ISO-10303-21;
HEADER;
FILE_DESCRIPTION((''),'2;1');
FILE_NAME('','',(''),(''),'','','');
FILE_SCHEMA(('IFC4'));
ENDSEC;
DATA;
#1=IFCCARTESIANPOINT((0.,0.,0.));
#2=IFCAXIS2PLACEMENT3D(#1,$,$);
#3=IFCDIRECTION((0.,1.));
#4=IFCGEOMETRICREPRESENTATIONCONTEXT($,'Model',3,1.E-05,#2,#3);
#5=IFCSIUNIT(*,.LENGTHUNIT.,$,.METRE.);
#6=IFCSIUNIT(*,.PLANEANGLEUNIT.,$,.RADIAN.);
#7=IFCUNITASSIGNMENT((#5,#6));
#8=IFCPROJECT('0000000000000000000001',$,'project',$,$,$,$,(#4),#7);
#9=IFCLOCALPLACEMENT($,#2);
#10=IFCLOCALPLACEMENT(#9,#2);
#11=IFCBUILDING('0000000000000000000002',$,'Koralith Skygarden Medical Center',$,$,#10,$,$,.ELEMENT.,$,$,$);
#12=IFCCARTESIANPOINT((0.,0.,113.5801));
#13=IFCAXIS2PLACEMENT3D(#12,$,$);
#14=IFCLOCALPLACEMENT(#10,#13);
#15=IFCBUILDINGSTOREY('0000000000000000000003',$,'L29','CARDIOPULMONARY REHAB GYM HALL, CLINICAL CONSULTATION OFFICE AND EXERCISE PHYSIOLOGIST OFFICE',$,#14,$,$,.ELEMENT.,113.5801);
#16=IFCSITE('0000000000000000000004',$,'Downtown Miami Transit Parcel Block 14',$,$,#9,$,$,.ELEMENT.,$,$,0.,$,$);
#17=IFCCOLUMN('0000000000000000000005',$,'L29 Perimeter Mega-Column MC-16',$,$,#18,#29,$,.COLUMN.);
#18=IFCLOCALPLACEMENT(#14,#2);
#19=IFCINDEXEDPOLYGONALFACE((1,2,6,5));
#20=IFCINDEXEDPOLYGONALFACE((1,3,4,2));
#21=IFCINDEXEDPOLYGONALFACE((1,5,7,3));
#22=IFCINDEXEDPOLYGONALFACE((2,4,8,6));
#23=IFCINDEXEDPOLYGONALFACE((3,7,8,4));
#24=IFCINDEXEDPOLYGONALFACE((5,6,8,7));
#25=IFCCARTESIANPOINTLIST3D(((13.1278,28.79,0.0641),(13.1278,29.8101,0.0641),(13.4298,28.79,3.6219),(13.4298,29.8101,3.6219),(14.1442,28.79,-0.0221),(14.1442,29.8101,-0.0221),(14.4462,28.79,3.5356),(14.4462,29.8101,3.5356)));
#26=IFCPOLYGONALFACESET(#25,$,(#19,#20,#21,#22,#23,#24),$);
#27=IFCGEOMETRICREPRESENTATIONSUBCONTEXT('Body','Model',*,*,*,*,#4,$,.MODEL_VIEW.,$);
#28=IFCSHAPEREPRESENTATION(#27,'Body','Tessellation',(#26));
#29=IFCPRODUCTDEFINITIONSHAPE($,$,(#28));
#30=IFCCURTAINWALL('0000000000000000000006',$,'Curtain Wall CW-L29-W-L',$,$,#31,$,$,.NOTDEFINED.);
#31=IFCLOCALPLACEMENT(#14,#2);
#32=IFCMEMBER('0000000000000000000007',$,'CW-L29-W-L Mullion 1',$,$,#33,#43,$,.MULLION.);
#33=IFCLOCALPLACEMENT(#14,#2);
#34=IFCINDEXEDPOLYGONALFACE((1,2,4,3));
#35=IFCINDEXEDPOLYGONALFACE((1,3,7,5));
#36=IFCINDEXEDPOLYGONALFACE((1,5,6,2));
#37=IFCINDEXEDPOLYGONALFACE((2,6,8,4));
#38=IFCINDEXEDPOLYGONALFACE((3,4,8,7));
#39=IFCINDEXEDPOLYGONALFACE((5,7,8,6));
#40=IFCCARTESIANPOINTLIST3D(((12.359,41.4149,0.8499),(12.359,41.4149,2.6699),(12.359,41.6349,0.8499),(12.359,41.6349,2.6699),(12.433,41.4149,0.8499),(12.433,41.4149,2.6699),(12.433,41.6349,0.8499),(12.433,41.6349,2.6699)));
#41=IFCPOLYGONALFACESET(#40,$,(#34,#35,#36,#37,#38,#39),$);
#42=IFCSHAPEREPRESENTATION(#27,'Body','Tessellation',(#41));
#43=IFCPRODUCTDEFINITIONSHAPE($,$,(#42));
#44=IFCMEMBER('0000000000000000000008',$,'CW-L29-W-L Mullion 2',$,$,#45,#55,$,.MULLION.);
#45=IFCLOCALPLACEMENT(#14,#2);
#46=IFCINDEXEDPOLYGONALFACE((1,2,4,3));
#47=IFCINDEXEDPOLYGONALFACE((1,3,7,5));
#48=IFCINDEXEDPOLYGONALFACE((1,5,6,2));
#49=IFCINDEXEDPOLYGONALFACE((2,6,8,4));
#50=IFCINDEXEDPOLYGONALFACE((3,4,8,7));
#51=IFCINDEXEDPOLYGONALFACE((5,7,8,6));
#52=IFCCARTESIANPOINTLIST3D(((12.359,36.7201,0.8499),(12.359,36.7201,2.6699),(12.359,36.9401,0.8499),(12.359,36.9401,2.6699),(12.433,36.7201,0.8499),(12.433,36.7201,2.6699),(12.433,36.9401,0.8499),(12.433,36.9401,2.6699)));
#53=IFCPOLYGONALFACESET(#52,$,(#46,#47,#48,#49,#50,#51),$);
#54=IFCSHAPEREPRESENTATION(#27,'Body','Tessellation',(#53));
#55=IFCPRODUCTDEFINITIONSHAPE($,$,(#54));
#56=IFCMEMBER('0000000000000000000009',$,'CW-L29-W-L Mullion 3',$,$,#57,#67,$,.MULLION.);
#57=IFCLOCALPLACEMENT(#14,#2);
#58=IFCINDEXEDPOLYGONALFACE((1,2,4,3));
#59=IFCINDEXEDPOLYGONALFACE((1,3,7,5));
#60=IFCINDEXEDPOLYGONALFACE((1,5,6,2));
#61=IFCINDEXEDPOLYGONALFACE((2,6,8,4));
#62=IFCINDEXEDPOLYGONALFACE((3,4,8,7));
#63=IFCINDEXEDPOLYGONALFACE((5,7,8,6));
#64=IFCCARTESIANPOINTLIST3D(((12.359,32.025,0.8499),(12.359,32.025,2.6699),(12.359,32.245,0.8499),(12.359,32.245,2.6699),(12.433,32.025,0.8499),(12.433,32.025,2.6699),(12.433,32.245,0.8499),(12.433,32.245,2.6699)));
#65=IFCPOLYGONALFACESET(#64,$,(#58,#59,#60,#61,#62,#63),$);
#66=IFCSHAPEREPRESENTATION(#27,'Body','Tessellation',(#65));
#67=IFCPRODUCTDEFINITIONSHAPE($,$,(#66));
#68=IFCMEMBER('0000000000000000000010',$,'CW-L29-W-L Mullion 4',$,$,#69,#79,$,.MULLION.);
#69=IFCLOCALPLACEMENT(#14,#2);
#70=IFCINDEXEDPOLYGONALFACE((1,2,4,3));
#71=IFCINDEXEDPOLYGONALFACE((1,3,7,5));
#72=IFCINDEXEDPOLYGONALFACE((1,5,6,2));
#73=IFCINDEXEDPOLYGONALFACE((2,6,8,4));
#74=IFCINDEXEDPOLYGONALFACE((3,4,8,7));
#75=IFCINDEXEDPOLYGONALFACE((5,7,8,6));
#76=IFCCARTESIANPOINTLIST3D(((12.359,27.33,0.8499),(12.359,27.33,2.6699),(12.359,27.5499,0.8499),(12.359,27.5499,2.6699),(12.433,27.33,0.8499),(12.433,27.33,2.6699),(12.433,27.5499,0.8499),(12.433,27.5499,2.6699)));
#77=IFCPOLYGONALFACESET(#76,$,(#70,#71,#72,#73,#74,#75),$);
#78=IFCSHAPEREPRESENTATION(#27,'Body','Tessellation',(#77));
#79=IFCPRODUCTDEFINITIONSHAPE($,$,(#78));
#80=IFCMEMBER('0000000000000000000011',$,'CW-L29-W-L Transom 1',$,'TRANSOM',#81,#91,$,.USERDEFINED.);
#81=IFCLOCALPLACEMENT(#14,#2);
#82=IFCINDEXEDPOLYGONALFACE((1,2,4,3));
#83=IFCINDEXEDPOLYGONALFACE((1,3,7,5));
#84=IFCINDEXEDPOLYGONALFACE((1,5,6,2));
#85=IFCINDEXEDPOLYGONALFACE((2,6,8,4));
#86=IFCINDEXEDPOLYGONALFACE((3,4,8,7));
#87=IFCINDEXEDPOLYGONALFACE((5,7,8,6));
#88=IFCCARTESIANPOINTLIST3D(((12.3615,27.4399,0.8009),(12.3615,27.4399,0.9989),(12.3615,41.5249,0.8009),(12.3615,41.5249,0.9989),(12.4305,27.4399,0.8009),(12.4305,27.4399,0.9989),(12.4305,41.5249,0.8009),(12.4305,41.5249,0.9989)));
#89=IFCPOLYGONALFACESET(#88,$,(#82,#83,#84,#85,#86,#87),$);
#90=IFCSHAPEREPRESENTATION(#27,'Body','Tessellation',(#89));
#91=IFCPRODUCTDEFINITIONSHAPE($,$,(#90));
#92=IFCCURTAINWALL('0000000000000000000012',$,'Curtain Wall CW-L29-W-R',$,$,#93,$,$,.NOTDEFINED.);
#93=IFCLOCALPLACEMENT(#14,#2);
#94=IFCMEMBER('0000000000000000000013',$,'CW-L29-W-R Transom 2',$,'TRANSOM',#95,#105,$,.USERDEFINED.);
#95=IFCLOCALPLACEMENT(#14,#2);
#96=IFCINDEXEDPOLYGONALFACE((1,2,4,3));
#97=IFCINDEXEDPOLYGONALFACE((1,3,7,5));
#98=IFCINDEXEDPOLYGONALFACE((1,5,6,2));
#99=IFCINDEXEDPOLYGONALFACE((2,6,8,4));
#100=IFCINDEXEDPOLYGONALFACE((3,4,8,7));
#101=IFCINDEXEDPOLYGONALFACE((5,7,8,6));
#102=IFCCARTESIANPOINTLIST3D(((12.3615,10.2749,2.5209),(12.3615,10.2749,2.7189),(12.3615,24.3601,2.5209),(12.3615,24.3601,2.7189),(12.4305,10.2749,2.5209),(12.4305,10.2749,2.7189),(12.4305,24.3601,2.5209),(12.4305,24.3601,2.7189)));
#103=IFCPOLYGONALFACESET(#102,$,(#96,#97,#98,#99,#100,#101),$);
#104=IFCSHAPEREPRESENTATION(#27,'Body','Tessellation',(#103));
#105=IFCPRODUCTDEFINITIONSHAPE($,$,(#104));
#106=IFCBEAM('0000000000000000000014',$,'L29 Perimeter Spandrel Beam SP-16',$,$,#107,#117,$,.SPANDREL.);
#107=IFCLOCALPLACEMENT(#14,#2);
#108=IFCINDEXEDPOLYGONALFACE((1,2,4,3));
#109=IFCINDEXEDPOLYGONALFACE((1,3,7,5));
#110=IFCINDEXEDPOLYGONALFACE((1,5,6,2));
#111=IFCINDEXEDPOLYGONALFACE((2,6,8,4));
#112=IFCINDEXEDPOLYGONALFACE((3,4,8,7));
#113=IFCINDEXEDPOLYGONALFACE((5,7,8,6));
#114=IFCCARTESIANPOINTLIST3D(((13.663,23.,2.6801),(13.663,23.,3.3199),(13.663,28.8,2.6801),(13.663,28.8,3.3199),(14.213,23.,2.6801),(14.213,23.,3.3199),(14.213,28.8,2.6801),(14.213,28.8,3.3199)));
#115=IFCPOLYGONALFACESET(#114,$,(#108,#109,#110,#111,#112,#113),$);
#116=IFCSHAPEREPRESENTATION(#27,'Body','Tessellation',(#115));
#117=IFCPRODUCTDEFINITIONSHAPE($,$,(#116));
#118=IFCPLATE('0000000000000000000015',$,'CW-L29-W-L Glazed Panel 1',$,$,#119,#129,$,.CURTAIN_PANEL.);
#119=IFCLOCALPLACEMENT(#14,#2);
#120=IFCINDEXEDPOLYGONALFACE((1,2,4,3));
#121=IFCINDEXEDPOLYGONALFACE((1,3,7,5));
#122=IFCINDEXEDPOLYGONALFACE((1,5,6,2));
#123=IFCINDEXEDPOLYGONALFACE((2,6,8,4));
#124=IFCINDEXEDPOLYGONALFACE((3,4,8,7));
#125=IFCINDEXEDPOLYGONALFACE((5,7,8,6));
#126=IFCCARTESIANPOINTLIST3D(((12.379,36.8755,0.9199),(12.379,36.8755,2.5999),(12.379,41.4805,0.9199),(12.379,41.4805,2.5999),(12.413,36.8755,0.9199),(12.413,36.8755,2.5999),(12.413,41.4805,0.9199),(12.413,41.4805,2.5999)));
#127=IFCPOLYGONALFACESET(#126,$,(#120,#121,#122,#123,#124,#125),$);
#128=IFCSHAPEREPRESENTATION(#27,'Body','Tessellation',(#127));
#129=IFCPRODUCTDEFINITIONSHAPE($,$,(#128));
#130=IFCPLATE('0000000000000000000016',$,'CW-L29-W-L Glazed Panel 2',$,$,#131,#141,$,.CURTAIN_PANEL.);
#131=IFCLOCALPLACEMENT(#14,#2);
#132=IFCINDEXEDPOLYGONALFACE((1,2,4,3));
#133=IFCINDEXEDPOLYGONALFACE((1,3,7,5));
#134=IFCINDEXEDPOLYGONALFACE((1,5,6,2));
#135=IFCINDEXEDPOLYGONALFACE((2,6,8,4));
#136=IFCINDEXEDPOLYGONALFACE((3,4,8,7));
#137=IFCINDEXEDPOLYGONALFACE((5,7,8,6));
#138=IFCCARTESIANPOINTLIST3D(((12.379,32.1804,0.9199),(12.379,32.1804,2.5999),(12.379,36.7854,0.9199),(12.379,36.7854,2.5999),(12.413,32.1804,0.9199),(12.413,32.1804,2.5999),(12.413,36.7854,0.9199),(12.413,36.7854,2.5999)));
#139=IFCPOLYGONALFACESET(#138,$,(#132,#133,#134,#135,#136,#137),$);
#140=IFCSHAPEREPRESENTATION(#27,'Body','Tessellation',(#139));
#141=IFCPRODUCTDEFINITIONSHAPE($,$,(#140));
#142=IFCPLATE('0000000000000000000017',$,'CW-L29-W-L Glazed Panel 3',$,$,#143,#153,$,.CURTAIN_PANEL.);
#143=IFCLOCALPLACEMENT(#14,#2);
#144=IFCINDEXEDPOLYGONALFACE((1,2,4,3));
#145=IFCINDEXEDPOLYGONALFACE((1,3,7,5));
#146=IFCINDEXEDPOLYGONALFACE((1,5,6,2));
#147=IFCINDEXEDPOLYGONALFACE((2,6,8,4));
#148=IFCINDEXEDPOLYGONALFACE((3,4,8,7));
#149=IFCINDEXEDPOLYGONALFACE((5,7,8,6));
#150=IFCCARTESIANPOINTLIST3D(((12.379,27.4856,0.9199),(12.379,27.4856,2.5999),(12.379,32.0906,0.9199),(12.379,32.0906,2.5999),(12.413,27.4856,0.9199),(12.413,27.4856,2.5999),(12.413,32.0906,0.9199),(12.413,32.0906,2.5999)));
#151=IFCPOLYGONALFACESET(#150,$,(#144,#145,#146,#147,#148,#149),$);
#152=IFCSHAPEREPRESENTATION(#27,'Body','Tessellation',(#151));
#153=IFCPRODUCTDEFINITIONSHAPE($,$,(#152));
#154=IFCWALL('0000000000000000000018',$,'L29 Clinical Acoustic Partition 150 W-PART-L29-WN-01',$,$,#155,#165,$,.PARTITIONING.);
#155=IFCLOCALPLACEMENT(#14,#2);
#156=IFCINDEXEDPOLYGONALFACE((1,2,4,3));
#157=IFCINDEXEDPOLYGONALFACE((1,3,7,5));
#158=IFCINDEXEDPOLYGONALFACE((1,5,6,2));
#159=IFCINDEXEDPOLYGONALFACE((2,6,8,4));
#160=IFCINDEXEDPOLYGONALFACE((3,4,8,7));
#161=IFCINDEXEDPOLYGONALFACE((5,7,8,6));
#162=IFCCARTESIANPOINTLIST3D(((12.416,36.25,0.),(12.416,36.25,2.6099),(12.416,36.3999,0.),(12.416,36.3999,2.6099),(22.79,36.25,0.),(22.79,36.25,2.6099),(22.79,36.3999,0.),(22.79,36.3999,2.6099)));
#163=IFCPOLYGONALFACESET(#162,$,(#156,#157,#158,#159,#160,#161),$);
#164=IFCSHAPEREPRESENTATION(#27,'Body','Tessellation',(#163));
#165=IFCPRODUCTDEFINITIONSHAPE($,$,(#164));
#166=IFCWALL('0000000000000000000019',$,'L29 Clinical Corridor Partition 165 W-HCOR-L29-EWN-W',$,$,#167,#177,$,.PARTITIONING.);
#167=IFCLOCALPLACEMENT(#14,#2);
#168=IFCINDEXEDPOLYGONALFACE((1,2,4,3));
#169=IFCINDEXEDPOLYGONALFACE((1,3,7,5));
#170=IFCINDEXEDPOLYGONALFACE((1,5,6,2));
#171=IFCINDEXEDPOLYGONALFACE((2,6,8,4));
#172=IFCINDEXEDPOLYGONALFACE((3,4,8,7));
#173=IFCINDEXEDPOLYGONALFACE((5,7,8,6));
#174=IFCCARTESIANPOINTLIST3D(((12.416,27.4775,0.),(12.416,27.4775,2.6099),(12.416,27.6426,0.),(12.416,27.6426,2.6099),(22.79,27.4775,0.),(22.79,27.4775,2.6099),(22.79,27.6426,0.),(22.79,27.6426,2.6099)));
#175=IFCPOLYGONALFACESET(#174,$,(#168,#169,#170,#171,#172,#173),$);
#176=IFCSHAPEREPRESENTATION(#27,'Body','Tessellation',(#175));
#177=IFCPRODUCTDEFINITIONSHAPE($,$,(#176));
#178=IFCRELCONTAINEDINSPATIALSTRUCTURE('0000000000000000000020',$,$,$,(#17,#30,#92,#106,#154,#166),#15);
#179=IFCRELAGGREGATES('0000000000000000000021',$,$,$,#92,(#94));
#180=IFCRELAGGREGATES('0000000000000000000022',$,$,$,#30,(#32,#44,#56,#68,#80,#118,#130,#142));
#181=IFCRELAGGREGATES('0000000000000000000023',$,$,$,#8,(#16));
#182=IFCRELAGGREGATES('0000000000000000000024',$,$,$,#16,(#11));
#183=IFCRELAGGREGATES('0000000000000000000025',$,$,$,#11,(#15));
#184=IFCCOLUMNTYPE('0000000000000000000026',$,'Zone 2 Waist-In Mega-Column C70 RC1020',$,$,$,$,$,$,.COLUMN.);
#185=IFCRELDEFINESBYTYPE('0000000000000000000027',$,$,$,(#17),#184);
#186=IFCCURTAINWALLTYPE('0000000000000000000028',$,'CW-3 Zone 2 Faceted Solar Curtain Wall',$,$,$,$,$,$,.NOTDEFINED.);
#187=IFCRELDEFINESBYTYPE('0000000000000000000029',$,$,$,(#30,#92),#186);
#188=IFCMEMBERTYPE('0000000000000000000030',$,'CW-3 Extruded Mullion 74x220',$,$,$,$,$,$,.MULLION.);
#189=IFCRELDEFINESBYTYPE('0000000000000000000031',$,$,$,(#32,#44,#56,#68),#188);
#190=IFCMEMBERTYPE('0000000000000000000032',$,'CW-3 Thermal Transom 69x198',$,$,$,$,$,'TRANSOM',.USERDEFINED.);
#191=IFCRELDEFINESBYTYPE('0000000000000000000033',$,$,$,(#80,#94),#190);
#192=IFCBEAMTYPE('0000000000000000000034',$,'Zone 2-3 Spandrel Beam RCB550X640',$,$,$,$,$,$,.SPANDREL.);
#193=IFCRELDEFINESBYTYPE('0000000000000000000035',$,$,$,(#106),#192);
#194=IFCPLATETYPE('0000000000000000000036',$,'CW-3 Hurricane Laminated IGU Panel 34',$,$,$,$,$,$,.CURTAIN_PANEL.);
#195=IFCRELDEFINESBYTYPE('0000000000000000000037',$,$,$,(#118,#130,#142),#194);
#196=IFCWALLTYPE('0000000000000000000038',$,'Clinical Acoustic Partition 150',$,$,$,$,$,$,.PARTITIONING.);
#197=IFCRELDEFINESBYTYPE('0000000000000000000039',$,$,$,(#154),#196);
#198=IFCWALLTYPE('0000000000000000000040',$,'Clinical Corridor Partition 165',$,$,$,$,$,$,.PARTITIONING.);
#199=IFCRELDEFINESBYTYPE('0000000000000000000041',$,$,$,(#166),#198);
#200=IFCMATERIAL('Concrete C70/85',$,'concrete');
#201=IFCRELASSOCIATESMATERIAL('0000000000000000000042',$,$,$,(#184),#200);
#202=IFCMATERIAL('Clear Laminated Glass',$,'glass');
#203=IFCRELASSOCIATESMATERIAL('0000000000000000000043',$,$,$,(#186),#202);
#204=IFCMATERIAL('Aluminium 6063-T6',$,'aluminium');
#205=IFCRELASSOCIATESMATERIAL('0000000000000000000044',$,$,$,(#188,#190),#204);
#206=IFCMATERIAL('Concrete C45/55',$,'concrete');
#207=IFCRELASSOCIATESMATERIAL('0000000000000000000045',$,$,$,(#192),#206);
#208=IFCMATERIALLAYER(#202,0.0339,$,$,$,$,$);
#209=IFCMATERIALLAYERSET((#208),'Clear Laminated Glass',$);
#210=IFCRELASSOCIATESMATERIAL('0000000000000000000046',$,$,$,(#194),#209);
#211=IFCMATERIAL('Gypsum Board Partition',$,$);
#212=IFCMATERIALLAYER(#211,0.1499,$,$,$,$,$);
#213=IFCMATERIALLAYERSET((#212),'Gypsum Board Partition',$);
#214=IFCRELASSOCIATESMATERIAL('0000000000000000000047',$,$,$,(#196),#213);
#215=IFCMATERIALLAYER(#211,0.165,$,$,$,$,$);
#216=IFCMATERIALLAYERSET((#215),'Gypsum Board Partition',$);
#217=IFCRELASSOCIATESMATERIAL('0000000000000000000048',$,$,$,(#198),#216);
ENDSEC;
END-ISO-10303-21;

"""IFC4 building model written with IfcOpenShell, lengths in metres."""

from ifc_helpers import new_model, si_unit, direction, frame, frame_2d, origin, origin_2d, place, context, subcontext, project, spatial, rectangle, extrude, material, layer, layer_set, material_profile, profile_set, type_object, element, aggregate, save


model = new_model("IFC4")

# Units and contexts
model_context = context("Model", 3, precision=1e-05, world=origin(), true_north=direction((0.0, 1.0)))
body_context = subcontext(model_context, "Body", "Model", "MODEL_VIEW")
ifc_project = project(units=[si_unit("LENGTHUNIT", "METRE"), si_unit("PLANEANGLEUNIT", "RADIAN")], contexts=[model_context])

# Site, building, storey
site_placement = place(None, origin())
site = spatial("IfcSite", under=ifc_project, at=site_placement, Name="Downtown Miami Transit Parcel Block 14", CompositionType="ELEMENT", RefElevation=0.0)
building_placement = place(site_placement, origin())
building = spatial("IfcBuilding", under=site, at=building_placement, Name="Koralith Skygarden Medical Center", CompositionType="ELEMENT")
storey_placement = place(building_placement, frame((0.0, 0.0, 113.5801)))
storey = spatial("IfcBuildingStorey", under=building, at=storey_placement, Name="L29", Description="CARDIOPULMONARY REHAB GYM HALL, CLINICAL CONSULTATION OFFICE AND EXERCISE PHYSIOLOGIST OFFICE", CompositionType="ELEMENT", Elevation=113.5801)

# Column
ifc_material_1 = material(Name="Concrete C70/85", Category="concrete")
ifc_material_profile_1 = material_profile(ifc_material_1, rectangle(XDim=1.02, YDim=1.02, at=origin_2d()), Name="RC1020X1020")
ifc_profile_set_1 = profile_set([ifc_material_profile_1], Name="Concrete C70/85")
column_type = type_object("IfcColumnType", Name="Zone 2 Waist-In Mega-Column C70 RC1020", PredefinedType="COLUMN", material=ifc_profile_set_1)
column_placement = place(storey_placement, frame((13.636, 29.3, 0.021), z_axis=(0.084579, 0.0, 0.996417), x_axis=(0.0, 1.0, 0.0)))
element("IfcColumn", 1, at=column_placement, inside=storey, type_object=column_type, Name="L29 Perimeter Mega-Column MC-16", PredefinedType="COLUMN", context=body_context, shape_type="SweptSolid", body=[
    extrude(rectangle(XDim=1.02, YDim=1.02, at=origin_2d()), origin(), (0.0, 0.0, 1.0), 3.5706),
])

# Curtain wall, members
ifc_material_2 = material(Name="Clear Laminated Glass", Category="glass")
curtain_wall_type = type_object("IfcCurtainWallType", Name="CW-3 Zone 2 Faceted Solar Curtain Wall", PredefinedType="NOTDEFINED", material=ifc_material_2)
curtain_wall_1_placement = place(storey_placement, origin())
curtain_wall_1 = element("IfcCurtainWall", 2, at=curtain_wall_1_placement, inside=storey, type_object=curtain_wall_type, Name="Curtain Wall CW-L29-W-L", PredefinedType="NOTDEFINED")
ifc_material_3 = material(Name="Aluminium 6063-T6", Category="aluminium")
ifc_material_profile_2 = material_profile(ifc_material_3, rectangle(XDim=0.074, YDim=0.22, at=origin_2d()), Name="MUL74X220")
ifc_profile_set_2 = profile_set([ifc_material_profile_2], Name="Aluminium 6063-T6")
member_type_1 = type_object("IfcMemberType", Name="CW-3 Extruded Mullion 74x220", PredefinedType="MULLION", material=ifc_profile_set_2)
member_1_placement = place(storey_placement, frame((12.396, 41.5249, 0.8499), z_axis=(0.0, 0.0, 1.0), x_axis=(1.0, 0.0, 0.0)))
member_1 = element("IfcMember", 3, at=member_1_placement, type_object=member_type_1, Name="CW-L29-W-L Mullion 1", PredefinedType="MULLION", context=body_context, shape_type="SweptSolid", body=[
    extrude(rectangle(XDim=0.074, YDim=0.22, at=origin_2d()), origin(), (0.0, 0.0, 1.0), 1.8201),
])
member_2_placement = place(storey_placement, frame((12.396, 36.8301, 0.8499), z_axis=(0.0, 0.0, 1.0), x_axis=(1.0, 0.0, 0.0)))
member_2 = element("IfcMember", 4, at=member_2_placement, type_object=member_type_1, Name="CW-L29-W-L Mullion 2", PredefinedType="MULLION", context=body_context, shape_type="SweptSolid", body=[
    extrude(rectangle(XDim=0.074, YDim=0.22, at=origin_2d()), origin(), (0.0, 0.0, 1.0), 1.8201),
])
member_3_placement = place(storey_placement, frame((12.396, 32.135, 0.8499), z_axis=(0.0, 0.0, 1.0), x_axis=(1.0, 0.0, 0.0)))
member_3 = element("IfcMember", 5, at=member_3_placement, type_object=member_type_1, Name="CW-L29-W-L Mullion 3", PredefinedType="MULLION", context=body_context, shape_type="SweptSolid", body=[
    extrude(rectangle(XDim=0.074, YDim=0.22, at=origin_2d()), origin(), (0.0, 0.0, 1.0), 1.8201),
])
member_4_placement = place(storey_placement, frame((12.396, 27.4399, 0.8499), z_axis=(0.0, 0.0, 1.0), x_axis=(1.0, 0.0, 0.0)))
member_4 = element("IfcMember", 6, at=member_4_placement, type_object=member_type_1, Name="CW-L29-W-L Mullion 4", PredefinedType="MULLION", context=body_context, shape_type="SweptSolid", body=[
    extrude(rectangle(XDim=0.074, YDim=0.22, at=origin_2d()), origin(), (0.0, 0.0, 1.0), 1.8201),
])
ifc_material_profile_3 = material_profile(ifc_material_3, rectangle(XDim=0.0691, YDim=0.198, at=origin_2d()), Name="TRN69X198")
ifc_profile_set_3 = profile_set([ifc_material_profile_3], Name="Aluminium 6063-T6")
member_type_2 = type_object("IfcMemberType", Name="CW-3 Thermal Transom 69x198", ElementType="TRANSOM", PredefinedType="USERDEFINED", material=ifc_profile_set_3)
member_5_placement = place(storey_placement, frame((12.396, 41.5249, 0.8999), z_axis=(0.0, -1.0, 0.0), x_axis=(1.0, 0.0, 0.0)))
member_5 = element("IfcMember", 7, at=member_5_placement, type_object=member_type_2, Name="CW-L29-W-L Transom 1", ObjectType="TRANSOM", PredefinedType="USERDEFINED", context=body_context, shape_type="SweptSolid", body=[
    extrude(rectangle(XDim=0.0691, YDim=0.198, at=origin_2d()), origin(), (0.0, 0.0, 1.0), 14.085),
])

# Curtain wall, member
curtain_wall_2_placement = place(storey_placement, origin())
curtain_wall_2 = element("IfcCurtainWall", 8, at=curtain_wall_2_placement, inside=storey, type_object=curtain_wall_type, Name="Curtain Wall CW-L29-W-R", PredefinedType="NOTDEFINED")
member_6_placement = place(storey_placement, frame((12.396, 24.3601, 2.6199), z_axis=(0.0, -1.0, 0.0), x_axis=(1.0, 0.0, 0.0)))
member_6 = element("IfcMember", 9, at=member_6_placement, type_object=member_type_2, Name="CW-L29-W-R Transom 2", ObjectType="TRANSOM", PredefinedType="USERDEFINED", context=body_context, shape_type="SweptSolid", body=[
    extrude(rectangle(XDim=0.0691, YDim=0.198, at=origin_2d()), origin(), (0.0, 0.0, 1.0), 14.0852),
])
aggregate(curtain_wall_2, [member_6])

# Beam
ifc_material_4 = material(Name="Concrete C45/55", Category="concrete")
ifc_material_profile_4 = material_profile(ifc_material_4, rectangle(XDim=0.55, YDim=0.6399, at=origin_2d()), Name="RCB550X640")
ifc_profile_set_4 = profile_set([ifc_material_profile_4], Name="Concrete C45/55")
beam_type = type_object("IfcBeamType", Name="Zone 2-3 Spandrel Beam RCB550X640", PredefinedType="SPANDREL", material=ifc_profile_set_4)
beam_placement = place(storey_placement, frame((13.938, 28.8, 3.0), z_axis=(0.0, -1.0, 0.0), x_axis=(1.0, 0.0, 0.0)))
element("IfcBeam", 10, at=beam_placement, inside=storey, type_object=beam_type, Name="L29 Perimeter Spandrel Beam SP-16", PredefinedType="SPANDREL", context=body_context, shape_type="SweptSolid", body=[
    extrude(rectangle(XDim=0.55, YDim=0.6399, at=origin_2d()), origin(), (0.0, 0.0, 1.0), 5.8),
])

# Plates
ifc_layer_1 = layer(ifc_material_2, 0.0339)
ifc_layer_set_1 = layer_set([ifc_layer_1], Name="Clear Laminated Glass")
plate_type = type_object("IfcPlateType", Name="CW-3 Hurricane Laminated IGU Panel 34", PredefinedType="CURTAIN_PANEL", material=ifc_layer_set_1)
plate_1_placement = place(storey_placement, frame((12.396, 39.178, 0.9199), z_axis=(0.0, 0.0, 1.0), x_axis=(0.0, -1.0, 0.0)))
plate_1 = element("IfcPlate", 11, at=plate_1_placement, type_object=plate_type, Name="CW-L29-W-L Glazed Panel 1", PredefinedType="CURTAIN_PANEL", context=body_context, shape_type="SweptSolid", body=[
    extrude(rectangle(XDim=4.605, YDim=0.0339, at=origin_2d()), origin(), (0.0, 0.0, 1.0), 1.6799),
])
plate_2_placement = place(storey_placement, frame((12.396, 34.4829, 0.9199), z_axis=(0.0, 0.0, 1.0), x_axis=(0.0, -1.0, 0.0)))
plate_2 = element("IfcPlate", 12, at=plate_2_placement, type_object=plate_type, Name="CW-L29-W-L Glazed Panel 2", PredefinedType="CURTAIN_PANEL", context=body_context, shape_type="SweptSolid", body=[
    extrude(rectangle(XDim=4.605, YDim=0.0339, at=origin_2d()), origin(), (0.0, 0.0, 1.0), 1.6799),
])
plate_3_placement = place(storey_placement, frame((12.396, 29.7881, 0.9199), z_axis=(0.0, 0.0, 1.0), x_axis=(0.0, -1.0, 0.0)))
plate_3 = element("IfcPlate", 13, at=plate_3_placement, type_object=plate_type, Name="CW-L29-W-L Glazed Panel 3", PredefinedType="CURTAIN_PANEL", context=body_context, shape_type="SweptSolid", body=[
    extrude(rectangle(XDim=4.605, YDim=0.0339, at=origin_2d()), origin(), (0.0, 0.0, 1.0), 1.6799),
])
aggregate(curtain_wall_1, [member_1, member_2, member_3, member_4, member_5, plate_1, plate_2, plate_3])

# Walls
ifc_material_5 = material(Name="Gypsum Board Partition")
ifc_layer_2 = layer(ifc_material_5, 0.1499)
ifc_layer_set_2 = layer_set([ifc_layer_2], Name="Gypsum Board Partition")
wall_type_1 = type_object("IfcWallType", Name="Clinical Acoustic Partition 150", PredefinedType="PARTITIONING", material=ifc_layer_set_2)
wall_1_placement = place(storey_placement, frame((22.79, 36.325, 0.0), z_axis=(0.0, 0.0, 1.0), x_axis=(-1.0, 0.0, 0.0)))
element("IfcWall", 14, at=wall_1_placement, inside=storey, type_object=wall_type_1, Name="L29 Clinical Acoustic Partition 150 W-PART-L29-WN-01", PredefinedType="PARTITIONING", context=body_context, shape_type="SweptSolid", body=[
    extrude(rectangle(XDim=10.374, YDim=0.1499, at=frame_2d((5.187, 0.0))), origin(), (0.0, 0.0, 1.0), 2.6099),
])
ifc_layer_3 = layer(ifc_material_5, 0.165)
ifc_layer_set_3 = layer_set([ifc_layer_3], Name="Gypsum Board Partition")
wall_type_2 = type_object("IfcWallType", Name="Clinical Corridor Partition 165", PredefinedType="PARTITIONING", material=ifc_layer_set_3)
wall_2_placement = place(storey_placement, frame((12.416, 27.5601, 0.0), z_axis=(0.0, 0.0, 1.0), x_axis=(1.0, 0.0, 0.0)))
element("IfcWall", 15, at=wall_2_placement, inside=storey, type_object=wall_type_2, Name="L29 Clinical Corridor Partition 165 W-HCOR-L29-EWN-W", PredefinedType="PARTITIONING", context=body_context, shape_type="SweptSolid", body=[
    extrude(rectangle(XDim=10.374, YDim=0.165, at=frame_2d((5.187, 0.0))), origin(), (0.0, 0.0, 1.0), 2.6099),
])

save(model, "model.ifc")
